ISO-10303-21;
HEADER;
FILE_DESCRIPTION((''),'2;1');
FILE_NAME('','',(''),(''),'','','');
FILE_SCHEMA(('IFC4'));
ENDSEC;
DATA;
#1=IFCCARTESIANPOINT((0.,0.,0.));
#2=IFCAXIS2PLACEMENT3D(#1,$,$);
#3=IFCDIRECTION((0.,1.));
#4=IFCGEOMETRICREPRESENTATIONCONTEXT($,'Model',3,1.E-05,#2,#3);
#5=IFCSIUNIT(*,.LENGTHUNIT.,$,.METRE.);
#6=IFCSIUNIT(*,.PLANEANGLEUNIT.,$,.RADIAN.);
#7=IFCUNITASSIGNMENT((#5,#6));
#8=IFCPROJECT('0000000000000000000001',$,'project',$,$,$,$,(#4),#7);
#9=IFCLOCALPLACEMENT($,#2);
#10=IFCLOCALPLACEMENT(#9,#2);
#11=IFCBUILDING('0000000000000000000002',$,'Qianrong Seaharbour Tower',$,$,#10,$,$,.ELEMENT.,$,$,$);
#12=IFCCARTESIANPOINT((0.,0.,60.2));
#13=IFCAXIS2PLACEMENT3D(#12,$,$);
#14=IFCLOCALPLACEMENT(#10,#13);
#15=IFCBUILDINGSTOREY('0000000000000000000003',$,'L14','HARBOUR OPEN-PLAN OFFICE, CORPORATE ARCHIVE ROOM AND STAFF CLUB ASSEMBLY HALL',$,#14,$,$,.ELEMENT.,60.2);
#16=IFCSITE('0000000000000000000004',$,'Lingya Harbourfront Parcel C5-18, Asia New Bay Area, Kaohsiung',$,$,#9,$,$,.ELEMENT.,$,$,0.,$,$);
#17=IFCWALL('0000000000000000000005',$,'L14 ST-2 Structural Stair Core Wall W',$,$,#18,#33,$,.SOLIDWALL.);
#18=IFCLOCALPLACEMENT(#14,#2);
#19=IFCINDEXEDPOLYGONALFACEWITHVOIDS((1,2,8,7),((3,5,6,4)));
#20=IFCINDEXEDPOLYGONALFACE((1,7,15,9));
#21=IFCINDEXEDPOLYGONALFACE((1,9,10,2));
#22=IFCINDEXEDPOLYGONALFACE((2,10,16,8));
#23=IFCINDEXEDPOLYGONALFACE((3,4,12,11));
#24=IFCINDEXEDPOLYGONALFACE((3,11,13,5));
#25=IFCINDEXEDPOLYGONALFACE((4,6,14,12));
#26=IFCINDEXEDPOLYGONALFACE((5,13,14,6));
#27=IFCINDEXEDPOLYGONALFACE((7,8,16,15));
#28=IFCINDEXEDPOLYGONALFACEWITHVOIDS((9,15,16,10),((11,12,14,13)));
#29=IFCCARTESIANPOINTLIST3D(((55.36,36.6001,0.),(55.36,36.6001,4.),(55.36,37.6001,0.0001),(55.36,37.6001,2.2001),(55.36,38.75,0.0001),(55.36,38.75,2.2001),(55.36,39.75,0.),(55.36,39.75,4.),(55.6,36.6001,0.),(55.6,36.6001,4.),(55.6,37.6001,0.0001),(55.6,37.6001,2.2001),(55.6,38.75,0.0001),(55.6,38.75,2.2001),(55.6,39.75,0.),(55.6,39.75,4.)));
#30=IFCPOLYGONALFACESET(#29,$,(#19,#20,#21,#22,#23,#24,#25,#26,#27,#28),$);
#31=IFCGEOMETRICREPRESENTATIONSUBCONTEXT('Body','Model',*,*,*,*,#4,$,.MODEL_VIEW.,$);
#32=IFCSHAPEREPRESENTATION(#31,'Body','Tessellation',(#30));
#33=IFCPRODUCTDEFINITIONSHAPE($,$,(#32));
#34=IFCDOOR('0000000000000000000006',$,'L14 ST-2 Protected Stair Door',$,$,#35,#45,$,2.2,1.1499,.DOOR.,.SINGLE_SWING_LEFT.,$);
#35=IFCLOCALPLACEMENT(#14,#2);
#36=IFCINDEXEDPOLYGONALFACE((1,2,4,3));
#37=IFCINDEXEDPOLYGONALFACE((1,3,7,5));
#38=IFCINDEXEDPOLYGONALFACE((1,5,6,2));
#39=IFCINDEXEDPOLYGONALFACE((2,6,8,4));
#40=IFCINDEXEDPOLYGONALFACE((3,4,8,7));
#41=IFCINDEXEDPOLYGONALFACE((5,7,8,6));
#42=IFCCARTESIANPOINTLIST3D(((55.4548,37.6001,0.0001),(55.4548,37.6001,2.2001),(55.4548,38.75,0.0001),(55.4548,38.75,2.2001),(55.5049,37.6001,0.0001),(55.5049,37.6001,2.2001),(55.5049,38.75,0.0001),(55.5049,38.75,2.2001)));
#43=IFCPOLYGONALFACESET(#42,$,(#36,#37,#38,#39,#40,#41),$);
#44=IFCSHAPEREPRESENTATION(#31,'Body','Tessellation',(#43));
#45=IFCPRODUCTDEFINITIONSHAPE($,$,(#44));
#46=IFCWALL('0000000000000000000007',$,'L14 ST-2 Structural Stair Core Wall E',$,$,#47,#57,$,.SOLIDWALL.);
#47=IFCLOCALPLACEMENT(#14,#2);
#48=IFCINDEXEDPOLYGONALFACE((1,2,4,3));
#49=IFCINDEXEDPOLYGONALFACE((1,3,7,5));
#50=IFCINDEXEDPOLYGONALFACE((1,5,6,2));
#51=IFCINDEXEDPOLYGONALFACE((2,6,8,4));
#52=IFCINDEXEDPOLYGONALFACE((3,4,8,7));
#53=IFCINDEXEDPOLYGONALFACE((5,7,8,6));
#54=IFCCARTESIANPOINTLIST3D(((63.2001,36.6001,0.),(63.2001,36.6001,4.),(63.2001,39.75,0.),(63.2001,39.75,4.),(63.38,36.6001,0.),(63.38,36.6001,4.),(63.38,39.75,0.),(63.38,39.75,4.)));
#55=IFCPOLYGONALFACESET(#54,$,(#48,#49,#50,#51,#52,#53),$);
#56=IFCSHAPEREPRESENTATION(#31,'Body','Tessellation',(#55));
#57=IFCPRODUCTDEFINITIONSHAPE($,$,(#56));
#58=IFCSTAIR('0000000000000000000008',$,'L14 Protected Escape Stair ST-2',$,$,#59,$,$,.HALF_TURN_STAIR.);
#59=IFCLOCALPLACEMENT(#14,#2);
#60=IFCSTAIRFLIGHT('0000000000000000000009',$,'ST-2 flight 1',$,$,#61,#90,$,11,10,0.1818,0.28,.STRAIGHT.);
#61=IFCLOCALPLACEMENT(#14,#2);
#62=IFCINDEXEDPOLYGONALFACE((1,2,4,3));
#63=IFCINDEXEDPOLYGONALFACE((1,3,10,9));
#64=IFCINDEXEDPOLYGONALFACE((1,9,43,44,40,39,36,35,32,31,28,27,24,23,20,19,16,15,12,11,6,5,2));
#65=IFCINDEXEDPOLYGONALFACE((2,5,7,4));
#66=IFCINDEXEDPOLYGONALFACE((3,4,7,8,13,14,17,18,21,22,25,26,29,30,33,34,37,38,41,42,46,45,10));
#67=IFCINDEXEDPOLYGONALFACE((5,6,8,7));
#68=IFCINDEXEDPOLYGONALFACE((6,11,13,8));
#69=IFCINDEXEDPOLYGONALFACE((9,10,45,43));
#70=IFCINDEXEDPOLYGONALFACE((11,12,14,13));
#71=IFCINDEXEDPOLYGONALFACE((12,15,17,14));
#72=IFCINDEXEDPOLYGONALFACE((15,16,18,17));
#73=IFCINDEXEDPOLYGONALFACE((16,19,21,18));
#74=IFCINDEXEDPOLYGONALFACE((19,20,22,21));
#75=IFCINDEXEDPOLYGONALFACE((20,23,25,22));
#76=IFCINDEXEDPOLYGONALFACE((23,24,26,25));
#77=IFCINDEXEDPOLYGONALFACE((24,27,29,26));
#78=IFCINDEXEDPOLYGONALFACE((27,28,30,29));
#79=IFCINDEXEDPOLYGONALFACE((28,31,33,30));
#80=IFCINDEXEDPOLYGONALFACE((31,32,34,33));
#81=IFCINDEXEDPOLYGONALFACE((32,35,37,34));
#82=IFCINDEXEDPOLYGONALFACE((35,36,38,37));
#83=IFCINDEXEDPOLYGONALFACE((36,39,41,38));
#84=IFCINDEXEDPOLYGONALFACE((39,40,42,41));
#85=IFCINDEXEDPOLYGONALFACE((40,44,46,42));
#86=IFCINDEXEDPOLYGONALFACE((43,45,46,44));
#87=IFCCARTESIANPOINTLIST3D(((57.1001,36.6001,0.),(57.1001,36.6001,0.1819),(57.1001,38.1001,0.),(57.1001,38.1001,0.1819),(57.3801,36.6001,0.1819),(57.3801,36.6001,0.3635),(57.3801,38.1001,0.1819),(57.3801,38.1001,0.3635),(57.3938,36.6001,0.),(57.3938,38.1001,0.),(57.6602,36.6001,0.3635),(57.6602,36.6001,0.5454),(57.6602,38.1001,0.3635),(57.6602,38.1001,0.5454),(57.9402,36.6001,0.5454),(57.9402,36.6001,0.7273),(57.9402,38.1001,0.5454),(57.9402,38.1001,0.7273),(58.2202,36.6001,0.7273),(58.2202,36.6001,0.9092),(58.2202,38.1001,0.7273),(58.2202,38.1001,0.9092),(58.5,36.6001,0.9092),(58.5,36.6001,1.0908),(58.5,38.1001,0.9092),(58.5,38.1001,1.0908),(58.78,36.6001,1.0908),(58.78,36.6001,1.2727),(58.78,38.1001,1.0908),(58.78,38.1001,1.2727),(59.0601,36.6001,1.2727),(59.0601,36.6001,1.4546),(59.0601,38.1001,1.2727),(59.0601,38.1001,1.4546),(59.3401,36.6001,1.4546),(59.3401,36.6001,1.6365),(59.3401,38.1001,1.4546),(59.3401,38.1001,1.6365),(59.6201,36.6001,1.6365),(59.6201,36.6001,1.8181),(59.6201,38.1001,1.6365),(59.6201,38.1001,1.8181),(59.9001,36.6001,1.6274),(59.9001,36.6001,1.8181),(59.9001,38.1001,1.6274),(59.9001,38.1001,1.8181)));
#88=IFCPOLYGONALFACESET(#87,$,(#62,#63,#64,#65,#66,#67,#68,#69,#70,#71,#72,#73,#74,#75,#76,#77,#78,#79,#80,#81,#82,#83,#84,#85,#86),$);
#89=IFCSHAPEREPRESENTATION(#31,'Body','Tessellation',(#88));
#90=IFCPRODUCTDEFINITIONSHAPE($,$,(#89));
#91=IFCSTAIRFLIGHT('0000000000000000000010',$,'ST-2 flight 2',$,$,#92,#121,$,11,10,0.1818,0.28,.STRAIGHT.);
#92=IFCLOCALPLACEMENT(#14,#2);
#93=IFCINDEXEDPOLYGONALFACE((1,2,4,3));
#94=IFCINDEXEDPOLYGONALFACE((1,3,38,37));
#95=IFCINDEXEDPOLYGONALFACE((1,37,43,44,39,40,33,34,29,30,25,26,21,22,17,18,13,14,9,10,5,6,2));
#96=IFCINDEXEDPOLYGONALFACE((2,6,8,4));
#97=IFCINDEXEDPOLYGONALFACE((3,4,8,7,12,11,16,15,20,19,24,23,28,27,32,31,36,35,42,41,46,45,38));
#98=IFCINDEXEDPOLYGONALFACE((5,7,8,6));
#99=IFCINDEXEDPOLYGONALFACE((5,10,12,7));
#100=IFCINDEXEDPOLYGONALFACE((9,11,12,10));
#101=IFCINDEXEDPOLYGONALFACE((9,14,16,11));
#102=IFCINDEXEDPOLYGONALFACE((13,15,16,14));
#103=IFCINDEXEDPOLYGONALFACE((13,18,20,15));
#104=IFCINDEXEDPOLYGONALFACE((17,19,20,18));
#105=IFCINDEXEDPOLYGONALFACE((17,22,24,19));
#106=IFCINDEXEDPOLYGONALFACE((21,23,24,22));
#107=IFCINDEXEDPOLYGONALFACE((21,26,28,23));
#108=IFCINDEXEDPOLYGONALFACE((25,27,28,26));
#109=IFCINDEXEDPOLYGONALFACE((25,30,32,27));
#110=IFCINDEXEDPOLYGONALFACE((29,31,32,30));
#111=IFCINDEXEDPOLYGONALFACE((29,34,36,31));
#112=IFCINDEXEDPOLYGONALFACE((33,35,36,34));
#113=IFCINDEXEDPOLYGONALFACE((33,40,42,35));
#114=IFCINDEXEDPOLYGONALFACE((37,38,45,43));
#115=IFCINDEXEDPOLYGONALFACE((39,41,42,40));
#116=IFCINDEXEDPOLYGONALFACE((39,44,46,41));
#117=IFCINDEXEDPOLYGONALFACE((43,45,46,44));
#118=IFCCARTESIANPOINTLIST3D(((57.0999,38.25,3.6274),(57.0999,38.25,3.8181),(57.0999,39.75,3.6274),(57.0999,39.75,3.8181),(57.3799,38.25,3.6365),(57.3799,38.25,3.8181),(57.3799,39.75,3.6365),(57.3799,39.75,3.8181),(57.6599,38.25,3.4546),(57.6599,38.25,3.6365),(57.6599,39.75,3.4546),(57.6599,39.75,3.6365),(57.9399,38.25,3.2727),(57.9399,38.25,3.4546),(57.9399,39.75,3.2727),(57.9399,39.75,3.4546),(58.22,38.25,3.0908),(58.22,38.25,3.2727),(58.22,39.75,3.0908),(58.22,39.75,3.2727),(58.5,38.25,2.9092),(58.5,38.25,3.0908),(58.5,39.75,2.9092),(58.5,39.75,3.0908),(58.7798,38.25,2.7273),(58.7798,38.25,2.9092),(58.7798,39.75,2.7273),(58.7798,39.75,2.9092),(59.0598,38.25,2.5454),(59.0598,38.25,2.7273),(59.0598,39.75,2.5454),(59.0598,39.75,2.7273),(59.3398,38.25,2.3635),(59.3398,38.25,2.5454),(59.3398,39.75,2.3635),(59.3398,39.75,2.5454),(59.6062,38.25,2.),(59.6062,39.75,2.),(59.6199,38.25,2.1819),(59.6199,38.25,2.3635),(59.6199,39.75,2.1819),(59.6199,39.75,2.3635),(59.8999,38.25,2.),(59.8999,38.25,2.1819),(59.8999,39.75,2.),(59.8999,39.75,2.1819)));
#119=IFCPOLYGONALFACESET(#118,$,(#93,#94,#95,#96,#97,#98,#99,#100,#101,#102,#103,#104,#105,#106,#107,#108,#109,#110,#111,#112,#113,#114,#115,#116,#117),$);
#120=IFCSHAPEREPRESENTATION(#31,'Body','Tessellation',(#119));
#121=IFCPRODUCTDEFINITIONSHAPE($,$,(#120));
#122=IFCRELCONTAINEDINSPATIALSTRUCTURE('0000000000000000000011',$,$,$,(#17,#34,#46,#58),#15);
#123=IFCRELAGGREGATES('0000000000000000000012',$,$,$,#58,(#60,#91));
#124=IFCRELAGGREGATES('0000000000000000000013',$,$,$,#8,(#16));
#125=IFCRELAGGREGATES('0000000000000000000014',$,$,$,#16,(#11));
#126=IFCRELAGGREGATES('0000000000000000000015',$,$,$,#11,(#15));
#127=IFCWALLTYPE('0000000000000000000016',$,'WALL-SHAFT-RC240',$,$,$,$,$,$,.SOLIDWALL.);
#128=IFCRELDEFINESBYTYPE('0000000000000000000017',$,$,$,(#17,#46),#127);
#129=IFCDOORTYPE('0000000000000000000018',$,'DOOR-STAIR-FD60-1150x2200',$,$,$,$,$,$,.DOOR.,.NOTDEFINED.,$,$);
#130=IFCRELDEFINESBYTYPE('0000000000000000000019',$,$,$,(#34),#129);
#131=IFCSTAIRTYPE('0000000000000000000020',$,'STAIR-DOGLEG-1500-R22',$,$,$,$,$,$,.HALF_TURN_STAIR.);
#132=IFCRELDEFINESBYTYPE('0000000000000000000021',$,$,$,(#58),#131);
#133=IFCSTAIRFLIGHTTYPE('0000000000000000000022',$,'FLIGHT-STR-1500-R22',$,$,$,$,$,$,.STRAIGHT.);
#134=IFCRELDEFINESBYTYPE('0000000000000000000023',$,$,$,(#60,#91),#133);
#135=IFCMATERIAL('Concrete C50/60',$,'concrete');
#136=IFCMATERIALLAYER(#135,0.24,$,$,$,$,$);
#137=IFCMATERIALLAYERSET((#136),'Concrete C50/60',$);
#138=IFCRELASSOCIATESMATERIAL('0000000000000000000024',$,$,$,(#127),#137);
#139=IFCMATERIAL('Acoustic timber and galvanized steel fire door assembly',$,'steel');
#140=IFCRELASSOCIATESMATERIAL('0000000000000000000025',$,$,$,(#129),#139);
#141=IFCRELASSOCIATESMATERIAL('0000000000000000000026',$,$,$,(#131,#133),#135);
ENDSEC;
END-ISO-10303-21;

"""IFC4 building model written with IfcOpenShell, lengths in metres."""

from ifc_helpers import new_model, si_unit, direction, frame, frame_2d, origin, place, context, subcontext, project, spatial, polyline, rectangle, outline, extrude, material, layer, layer_set, type_object, element, fill, aggregate, save


model = new_model("IFC4")

# Units and contexts
model_context = context("Model", 3, precision=1e-05, world=origin(), true_north=direction((0.0, 1.0)))
body_context = subcontext(model_context, "Body", "Model", "MODEL_VIEW")
ifc_project = project(units=[si_unit("LENGTHUNIT", "METRE"), si_unit("PLANEANGLEUNIT", "RADIAN")], contexts=[model_context])

# Site, building, storey
site_placement = place(None, origin())
site = spatial("IfcSite", under=ifc_project, at=site_placement, Name="Lingya Harbourfront Parcel C5-18, Asia New Bay Area, Kaohsiung", CompositionType="ELEMENT", RefElevation=0.0)
building_placement = place(site_placement, origin())
building = spatial("IfcBuilding", under=site, at=building_placement, Name="Qianrong Seaharbour Tower", CompositionType="ELEMENT")
storey_placement = place(building_placement, frame((0.0, 0.0, 60.2)))
storey = spatial("IfcBuildingStorey", under=building, at=storey_placement, Name="L14", Description="HARBOUR OPEN-PLAN OFFICE, CORPORATE ARCHIVE ROOM AND STAFF CLUB ASSEMBLY HALL", CompositionType="ELEMENT", Elevation=60.2)

# Shared definitions
ifc_material_1 = material(Name="Concrete C50/60", Category="concrete")
ifc_layer_1 = layer(ifc_material_1, 0.24)
ifc_layer_set_1 = layer_set([ifc_layer_1], Name="Concrete C50/60")
wall_type_1 = type_object("IfcWallType", Name="WALL-SHAFT-RC240", PredefinedType="SOLIDWALL", material=ifc_layer_set_1)

# Wall, opening, door
wall_1_placement = place(storey_placement, frame((55.48, 39.75, 0.0), z_axis=(0.0, 0.0, 1.0), x_axis=(0.0, -1.0, 0.0)))
wall_1 = element("IfcWall", 1, at=wall_1_placement, inside=storey, type_object=wall_type_1, Name="L14 ST-2 Structural Stair Core Wall W", PredefinedType="SOLIDWALL", context=body_context, shape_type="SweptSolid", body=[
    extrude(rectangle(XDim=3.1499, YDim=0.24, at=frame_2d((1.575, 0.0))), origin(), (0.0, 0.0, 1.0), 4.0),
])
opening_1_placement = place(wall_1_placement, frame((1.0, 0.0, 0.0)))
opening_1 = element("IfcOpeningElement", 2, at=opening_1_placement, cuts=wall_1, PredefinedType="OPENING", context=body_context, shape_type="SweptSolid", body=[
    extrude(rectangle(XDim=1.1499, YDim=2.2, at=frame_2d((0.575, 1.1001))), frame((0.0, 0.1299, 0.0), z_axis=(0.0, -1.0, 0.0), x_axis=(1.0, 0.0, 0.0)), (0.0, 0.0, 1.0), 0.26),
])
ifc_material_2 = material(Name="Acoustic timber and galvanized steel fire door assembly", Category="steel")
door_type = type_object("IfcDoorType", Name="DOOR-STAIR-FD60-1150x2200", OperationType="NOTDEFINED", PredefinedType="DOOR", material=ifc_material_2)
door_placement = place(opening_1_placement, origin())
door = element("IfcDoor", 3, at=door_placement, inside=storey, type_object=door_type, Name="L14 ST-2 Protected Stair Door", OperationType="SINGLE_SWING_LEFT", OverallHeight=2.2, OverallWidth=1.1499, PredefinedType="DOOR", context=body_context, shape_type="SweptSolid", body=[
    extrude(rectangle(XDim=1.1499, YDim=2.2, at=frame_2d((0.575, 1.1001))), frame((0.0, 0.0249, 0.0), z_axis=(0.0, -1.0, 0.0), x_axis=(1.0, 0.0, 0.0)), (0.0, 0.0, 1.0), 0.05),
])
fill(opening_1, door)

# Wall
wall_2_placement = place(storey_placement, frame((63.29, 36.6001, 0.0), z_axis=(0.0, 0.0, 1.0), x_axis=(0.0, 1.0, 0.0)))
element("IfcWall", 4, at=wall_2_placement, inside=storey, type_object=wall_type_1, Name="L14 ST-2 Structural Stair Core Wall E", PredefinedType="SOLIDWALL", context=body_context, shape_type="SweptSolid", body=[
    extrude(rectangle(XDim=3.1499, YDim=0.1799, at=frame_2d((1.575, 0.0))), origin(), (0.0, 0.0, 1.0), 4.0),
])

# Stair, stair flights
stair_type = type_object("IfcStairType", Name="STAIR-DOGLEG-1500-R22", PredefinedType="HALF_TURN_STAIR", material=ifc_material_1)
stair_placement = place(storey_placement, origin())
stair = element("IfcStair", 5, at=stair_placement, inside=storey, type_object=stair_type, Name="L14 Protected Escape Stair ST-2", PredefinedType="HALF_TURN_STAIR")
stair_flight_type = type_object("IfcStairFlightType", Name="FLIGHT-STR-1500-R22", PredefinedType="STRAIGHT", material=ifc_material_1)
stair_flight_1_placement = place(storey_placement, frame((57.1001, 37.3501, 0.0), z_axis=(0.0, 0.0, 1.0), x_axis=(1.0, 0.0, 0.0)))
stair_flight_1 = element("IfcStairFlight", 6, at=stair_flight_1_placement, type_object=stair_flight_type, Name="ST-2 flight 1", NumberOfRisers=11, NumberOfTreads=10, PredefinedType="STRAIGHT", RiserHeight=0.1818, TreadLength=0.28, context=body_context, shape_type="SweptSolid", body=[
    extrude(outline(polyline([(0.0, 0.0), (0.0, 0.1819), (0.28, 0.1819), (0.28, 0.3635), (0.5601, 0.3635), (0.5601, 0.5454), (0.8401, 0.5454), (0.8401, 0.7273), (1.1201, 0.7273), (1.1201, 0.9092), (1.3999, 0.9092), (1.3999, 1.0908), (1.6799, 1.0908), (1.6799, 1.2727), (1.96, 1.2727), (1.96, 1.4546), (2.24, 1.4546), (2.24, 1.6365), (2.52, 1.6365), (2.52, 1.8181), (2.8, 1.8181), (2.8, 2.0), (2.8, 1.6274), (0.2937, 0.0), (0.0, 0.0)])), frame((0.0, 0.75, 0.0), z_axis=(0.0, -1.0, 0.0), x_axis=(1.0, 0.0, 0.0)), (0.0, 0.0, 1.0), 1.5),
])
stair_flight_2_placement = place(storey_placement, frame((59.8999, 39.0, 2.0), z_axis=(0.0, 0.0, 1.0), x_axis=(-1.0, 0.0, 0.0)))
stair_flight_2 = element("IfcStairFlight", 7, at=stair_flight_2_placement, type_object=stair_flight_type, Name="ST-2 flight 2", NumberOfRisers=11, NumberOfTreads=10, PredefinedType="STRAIGHT", RiserHeight=0.1818, TreadLength=0.28, context=body_context, shape_type="SweptSolid", body=[
    extrude(outline(polyline([(0.0, 0.0), (0.0, 0.1819), (0.28, 0.1819), (0.28, 0.3635), (0.5601, 0.3635), (0.5601, 0.5454), (0.8401, 0.5454), (0.8401, 0.7273), (1.1201, 0.7273), (1.1201, 0.9092), (1.3999, 0.9092), (1.3999, 1.0908), (1.6799, 1.0908), (1.6799, 1.2727), (1.96, 1.2727), (1.96, 1.4546), (2.24, 1.4546), (2.24, 1.6365), (2.52, 1.6365), (2.52, 1.8181), (2.8, 1.8181), (2.8, 2.0), (2.8, 1.6274), (0.2937, 0.0), (0.0, 0.0)])), frame((0.0, 0.75, 0.0), z_axis=(0.0, -1.0, 0.0), x_axis=(1.0, 0.0, 0.0)), (0.0, 0.0, 1.0), 1.5),
])
aggregate(stair, [stair_flight_1, stair_flight_2])

save(model, "model.ifc")
